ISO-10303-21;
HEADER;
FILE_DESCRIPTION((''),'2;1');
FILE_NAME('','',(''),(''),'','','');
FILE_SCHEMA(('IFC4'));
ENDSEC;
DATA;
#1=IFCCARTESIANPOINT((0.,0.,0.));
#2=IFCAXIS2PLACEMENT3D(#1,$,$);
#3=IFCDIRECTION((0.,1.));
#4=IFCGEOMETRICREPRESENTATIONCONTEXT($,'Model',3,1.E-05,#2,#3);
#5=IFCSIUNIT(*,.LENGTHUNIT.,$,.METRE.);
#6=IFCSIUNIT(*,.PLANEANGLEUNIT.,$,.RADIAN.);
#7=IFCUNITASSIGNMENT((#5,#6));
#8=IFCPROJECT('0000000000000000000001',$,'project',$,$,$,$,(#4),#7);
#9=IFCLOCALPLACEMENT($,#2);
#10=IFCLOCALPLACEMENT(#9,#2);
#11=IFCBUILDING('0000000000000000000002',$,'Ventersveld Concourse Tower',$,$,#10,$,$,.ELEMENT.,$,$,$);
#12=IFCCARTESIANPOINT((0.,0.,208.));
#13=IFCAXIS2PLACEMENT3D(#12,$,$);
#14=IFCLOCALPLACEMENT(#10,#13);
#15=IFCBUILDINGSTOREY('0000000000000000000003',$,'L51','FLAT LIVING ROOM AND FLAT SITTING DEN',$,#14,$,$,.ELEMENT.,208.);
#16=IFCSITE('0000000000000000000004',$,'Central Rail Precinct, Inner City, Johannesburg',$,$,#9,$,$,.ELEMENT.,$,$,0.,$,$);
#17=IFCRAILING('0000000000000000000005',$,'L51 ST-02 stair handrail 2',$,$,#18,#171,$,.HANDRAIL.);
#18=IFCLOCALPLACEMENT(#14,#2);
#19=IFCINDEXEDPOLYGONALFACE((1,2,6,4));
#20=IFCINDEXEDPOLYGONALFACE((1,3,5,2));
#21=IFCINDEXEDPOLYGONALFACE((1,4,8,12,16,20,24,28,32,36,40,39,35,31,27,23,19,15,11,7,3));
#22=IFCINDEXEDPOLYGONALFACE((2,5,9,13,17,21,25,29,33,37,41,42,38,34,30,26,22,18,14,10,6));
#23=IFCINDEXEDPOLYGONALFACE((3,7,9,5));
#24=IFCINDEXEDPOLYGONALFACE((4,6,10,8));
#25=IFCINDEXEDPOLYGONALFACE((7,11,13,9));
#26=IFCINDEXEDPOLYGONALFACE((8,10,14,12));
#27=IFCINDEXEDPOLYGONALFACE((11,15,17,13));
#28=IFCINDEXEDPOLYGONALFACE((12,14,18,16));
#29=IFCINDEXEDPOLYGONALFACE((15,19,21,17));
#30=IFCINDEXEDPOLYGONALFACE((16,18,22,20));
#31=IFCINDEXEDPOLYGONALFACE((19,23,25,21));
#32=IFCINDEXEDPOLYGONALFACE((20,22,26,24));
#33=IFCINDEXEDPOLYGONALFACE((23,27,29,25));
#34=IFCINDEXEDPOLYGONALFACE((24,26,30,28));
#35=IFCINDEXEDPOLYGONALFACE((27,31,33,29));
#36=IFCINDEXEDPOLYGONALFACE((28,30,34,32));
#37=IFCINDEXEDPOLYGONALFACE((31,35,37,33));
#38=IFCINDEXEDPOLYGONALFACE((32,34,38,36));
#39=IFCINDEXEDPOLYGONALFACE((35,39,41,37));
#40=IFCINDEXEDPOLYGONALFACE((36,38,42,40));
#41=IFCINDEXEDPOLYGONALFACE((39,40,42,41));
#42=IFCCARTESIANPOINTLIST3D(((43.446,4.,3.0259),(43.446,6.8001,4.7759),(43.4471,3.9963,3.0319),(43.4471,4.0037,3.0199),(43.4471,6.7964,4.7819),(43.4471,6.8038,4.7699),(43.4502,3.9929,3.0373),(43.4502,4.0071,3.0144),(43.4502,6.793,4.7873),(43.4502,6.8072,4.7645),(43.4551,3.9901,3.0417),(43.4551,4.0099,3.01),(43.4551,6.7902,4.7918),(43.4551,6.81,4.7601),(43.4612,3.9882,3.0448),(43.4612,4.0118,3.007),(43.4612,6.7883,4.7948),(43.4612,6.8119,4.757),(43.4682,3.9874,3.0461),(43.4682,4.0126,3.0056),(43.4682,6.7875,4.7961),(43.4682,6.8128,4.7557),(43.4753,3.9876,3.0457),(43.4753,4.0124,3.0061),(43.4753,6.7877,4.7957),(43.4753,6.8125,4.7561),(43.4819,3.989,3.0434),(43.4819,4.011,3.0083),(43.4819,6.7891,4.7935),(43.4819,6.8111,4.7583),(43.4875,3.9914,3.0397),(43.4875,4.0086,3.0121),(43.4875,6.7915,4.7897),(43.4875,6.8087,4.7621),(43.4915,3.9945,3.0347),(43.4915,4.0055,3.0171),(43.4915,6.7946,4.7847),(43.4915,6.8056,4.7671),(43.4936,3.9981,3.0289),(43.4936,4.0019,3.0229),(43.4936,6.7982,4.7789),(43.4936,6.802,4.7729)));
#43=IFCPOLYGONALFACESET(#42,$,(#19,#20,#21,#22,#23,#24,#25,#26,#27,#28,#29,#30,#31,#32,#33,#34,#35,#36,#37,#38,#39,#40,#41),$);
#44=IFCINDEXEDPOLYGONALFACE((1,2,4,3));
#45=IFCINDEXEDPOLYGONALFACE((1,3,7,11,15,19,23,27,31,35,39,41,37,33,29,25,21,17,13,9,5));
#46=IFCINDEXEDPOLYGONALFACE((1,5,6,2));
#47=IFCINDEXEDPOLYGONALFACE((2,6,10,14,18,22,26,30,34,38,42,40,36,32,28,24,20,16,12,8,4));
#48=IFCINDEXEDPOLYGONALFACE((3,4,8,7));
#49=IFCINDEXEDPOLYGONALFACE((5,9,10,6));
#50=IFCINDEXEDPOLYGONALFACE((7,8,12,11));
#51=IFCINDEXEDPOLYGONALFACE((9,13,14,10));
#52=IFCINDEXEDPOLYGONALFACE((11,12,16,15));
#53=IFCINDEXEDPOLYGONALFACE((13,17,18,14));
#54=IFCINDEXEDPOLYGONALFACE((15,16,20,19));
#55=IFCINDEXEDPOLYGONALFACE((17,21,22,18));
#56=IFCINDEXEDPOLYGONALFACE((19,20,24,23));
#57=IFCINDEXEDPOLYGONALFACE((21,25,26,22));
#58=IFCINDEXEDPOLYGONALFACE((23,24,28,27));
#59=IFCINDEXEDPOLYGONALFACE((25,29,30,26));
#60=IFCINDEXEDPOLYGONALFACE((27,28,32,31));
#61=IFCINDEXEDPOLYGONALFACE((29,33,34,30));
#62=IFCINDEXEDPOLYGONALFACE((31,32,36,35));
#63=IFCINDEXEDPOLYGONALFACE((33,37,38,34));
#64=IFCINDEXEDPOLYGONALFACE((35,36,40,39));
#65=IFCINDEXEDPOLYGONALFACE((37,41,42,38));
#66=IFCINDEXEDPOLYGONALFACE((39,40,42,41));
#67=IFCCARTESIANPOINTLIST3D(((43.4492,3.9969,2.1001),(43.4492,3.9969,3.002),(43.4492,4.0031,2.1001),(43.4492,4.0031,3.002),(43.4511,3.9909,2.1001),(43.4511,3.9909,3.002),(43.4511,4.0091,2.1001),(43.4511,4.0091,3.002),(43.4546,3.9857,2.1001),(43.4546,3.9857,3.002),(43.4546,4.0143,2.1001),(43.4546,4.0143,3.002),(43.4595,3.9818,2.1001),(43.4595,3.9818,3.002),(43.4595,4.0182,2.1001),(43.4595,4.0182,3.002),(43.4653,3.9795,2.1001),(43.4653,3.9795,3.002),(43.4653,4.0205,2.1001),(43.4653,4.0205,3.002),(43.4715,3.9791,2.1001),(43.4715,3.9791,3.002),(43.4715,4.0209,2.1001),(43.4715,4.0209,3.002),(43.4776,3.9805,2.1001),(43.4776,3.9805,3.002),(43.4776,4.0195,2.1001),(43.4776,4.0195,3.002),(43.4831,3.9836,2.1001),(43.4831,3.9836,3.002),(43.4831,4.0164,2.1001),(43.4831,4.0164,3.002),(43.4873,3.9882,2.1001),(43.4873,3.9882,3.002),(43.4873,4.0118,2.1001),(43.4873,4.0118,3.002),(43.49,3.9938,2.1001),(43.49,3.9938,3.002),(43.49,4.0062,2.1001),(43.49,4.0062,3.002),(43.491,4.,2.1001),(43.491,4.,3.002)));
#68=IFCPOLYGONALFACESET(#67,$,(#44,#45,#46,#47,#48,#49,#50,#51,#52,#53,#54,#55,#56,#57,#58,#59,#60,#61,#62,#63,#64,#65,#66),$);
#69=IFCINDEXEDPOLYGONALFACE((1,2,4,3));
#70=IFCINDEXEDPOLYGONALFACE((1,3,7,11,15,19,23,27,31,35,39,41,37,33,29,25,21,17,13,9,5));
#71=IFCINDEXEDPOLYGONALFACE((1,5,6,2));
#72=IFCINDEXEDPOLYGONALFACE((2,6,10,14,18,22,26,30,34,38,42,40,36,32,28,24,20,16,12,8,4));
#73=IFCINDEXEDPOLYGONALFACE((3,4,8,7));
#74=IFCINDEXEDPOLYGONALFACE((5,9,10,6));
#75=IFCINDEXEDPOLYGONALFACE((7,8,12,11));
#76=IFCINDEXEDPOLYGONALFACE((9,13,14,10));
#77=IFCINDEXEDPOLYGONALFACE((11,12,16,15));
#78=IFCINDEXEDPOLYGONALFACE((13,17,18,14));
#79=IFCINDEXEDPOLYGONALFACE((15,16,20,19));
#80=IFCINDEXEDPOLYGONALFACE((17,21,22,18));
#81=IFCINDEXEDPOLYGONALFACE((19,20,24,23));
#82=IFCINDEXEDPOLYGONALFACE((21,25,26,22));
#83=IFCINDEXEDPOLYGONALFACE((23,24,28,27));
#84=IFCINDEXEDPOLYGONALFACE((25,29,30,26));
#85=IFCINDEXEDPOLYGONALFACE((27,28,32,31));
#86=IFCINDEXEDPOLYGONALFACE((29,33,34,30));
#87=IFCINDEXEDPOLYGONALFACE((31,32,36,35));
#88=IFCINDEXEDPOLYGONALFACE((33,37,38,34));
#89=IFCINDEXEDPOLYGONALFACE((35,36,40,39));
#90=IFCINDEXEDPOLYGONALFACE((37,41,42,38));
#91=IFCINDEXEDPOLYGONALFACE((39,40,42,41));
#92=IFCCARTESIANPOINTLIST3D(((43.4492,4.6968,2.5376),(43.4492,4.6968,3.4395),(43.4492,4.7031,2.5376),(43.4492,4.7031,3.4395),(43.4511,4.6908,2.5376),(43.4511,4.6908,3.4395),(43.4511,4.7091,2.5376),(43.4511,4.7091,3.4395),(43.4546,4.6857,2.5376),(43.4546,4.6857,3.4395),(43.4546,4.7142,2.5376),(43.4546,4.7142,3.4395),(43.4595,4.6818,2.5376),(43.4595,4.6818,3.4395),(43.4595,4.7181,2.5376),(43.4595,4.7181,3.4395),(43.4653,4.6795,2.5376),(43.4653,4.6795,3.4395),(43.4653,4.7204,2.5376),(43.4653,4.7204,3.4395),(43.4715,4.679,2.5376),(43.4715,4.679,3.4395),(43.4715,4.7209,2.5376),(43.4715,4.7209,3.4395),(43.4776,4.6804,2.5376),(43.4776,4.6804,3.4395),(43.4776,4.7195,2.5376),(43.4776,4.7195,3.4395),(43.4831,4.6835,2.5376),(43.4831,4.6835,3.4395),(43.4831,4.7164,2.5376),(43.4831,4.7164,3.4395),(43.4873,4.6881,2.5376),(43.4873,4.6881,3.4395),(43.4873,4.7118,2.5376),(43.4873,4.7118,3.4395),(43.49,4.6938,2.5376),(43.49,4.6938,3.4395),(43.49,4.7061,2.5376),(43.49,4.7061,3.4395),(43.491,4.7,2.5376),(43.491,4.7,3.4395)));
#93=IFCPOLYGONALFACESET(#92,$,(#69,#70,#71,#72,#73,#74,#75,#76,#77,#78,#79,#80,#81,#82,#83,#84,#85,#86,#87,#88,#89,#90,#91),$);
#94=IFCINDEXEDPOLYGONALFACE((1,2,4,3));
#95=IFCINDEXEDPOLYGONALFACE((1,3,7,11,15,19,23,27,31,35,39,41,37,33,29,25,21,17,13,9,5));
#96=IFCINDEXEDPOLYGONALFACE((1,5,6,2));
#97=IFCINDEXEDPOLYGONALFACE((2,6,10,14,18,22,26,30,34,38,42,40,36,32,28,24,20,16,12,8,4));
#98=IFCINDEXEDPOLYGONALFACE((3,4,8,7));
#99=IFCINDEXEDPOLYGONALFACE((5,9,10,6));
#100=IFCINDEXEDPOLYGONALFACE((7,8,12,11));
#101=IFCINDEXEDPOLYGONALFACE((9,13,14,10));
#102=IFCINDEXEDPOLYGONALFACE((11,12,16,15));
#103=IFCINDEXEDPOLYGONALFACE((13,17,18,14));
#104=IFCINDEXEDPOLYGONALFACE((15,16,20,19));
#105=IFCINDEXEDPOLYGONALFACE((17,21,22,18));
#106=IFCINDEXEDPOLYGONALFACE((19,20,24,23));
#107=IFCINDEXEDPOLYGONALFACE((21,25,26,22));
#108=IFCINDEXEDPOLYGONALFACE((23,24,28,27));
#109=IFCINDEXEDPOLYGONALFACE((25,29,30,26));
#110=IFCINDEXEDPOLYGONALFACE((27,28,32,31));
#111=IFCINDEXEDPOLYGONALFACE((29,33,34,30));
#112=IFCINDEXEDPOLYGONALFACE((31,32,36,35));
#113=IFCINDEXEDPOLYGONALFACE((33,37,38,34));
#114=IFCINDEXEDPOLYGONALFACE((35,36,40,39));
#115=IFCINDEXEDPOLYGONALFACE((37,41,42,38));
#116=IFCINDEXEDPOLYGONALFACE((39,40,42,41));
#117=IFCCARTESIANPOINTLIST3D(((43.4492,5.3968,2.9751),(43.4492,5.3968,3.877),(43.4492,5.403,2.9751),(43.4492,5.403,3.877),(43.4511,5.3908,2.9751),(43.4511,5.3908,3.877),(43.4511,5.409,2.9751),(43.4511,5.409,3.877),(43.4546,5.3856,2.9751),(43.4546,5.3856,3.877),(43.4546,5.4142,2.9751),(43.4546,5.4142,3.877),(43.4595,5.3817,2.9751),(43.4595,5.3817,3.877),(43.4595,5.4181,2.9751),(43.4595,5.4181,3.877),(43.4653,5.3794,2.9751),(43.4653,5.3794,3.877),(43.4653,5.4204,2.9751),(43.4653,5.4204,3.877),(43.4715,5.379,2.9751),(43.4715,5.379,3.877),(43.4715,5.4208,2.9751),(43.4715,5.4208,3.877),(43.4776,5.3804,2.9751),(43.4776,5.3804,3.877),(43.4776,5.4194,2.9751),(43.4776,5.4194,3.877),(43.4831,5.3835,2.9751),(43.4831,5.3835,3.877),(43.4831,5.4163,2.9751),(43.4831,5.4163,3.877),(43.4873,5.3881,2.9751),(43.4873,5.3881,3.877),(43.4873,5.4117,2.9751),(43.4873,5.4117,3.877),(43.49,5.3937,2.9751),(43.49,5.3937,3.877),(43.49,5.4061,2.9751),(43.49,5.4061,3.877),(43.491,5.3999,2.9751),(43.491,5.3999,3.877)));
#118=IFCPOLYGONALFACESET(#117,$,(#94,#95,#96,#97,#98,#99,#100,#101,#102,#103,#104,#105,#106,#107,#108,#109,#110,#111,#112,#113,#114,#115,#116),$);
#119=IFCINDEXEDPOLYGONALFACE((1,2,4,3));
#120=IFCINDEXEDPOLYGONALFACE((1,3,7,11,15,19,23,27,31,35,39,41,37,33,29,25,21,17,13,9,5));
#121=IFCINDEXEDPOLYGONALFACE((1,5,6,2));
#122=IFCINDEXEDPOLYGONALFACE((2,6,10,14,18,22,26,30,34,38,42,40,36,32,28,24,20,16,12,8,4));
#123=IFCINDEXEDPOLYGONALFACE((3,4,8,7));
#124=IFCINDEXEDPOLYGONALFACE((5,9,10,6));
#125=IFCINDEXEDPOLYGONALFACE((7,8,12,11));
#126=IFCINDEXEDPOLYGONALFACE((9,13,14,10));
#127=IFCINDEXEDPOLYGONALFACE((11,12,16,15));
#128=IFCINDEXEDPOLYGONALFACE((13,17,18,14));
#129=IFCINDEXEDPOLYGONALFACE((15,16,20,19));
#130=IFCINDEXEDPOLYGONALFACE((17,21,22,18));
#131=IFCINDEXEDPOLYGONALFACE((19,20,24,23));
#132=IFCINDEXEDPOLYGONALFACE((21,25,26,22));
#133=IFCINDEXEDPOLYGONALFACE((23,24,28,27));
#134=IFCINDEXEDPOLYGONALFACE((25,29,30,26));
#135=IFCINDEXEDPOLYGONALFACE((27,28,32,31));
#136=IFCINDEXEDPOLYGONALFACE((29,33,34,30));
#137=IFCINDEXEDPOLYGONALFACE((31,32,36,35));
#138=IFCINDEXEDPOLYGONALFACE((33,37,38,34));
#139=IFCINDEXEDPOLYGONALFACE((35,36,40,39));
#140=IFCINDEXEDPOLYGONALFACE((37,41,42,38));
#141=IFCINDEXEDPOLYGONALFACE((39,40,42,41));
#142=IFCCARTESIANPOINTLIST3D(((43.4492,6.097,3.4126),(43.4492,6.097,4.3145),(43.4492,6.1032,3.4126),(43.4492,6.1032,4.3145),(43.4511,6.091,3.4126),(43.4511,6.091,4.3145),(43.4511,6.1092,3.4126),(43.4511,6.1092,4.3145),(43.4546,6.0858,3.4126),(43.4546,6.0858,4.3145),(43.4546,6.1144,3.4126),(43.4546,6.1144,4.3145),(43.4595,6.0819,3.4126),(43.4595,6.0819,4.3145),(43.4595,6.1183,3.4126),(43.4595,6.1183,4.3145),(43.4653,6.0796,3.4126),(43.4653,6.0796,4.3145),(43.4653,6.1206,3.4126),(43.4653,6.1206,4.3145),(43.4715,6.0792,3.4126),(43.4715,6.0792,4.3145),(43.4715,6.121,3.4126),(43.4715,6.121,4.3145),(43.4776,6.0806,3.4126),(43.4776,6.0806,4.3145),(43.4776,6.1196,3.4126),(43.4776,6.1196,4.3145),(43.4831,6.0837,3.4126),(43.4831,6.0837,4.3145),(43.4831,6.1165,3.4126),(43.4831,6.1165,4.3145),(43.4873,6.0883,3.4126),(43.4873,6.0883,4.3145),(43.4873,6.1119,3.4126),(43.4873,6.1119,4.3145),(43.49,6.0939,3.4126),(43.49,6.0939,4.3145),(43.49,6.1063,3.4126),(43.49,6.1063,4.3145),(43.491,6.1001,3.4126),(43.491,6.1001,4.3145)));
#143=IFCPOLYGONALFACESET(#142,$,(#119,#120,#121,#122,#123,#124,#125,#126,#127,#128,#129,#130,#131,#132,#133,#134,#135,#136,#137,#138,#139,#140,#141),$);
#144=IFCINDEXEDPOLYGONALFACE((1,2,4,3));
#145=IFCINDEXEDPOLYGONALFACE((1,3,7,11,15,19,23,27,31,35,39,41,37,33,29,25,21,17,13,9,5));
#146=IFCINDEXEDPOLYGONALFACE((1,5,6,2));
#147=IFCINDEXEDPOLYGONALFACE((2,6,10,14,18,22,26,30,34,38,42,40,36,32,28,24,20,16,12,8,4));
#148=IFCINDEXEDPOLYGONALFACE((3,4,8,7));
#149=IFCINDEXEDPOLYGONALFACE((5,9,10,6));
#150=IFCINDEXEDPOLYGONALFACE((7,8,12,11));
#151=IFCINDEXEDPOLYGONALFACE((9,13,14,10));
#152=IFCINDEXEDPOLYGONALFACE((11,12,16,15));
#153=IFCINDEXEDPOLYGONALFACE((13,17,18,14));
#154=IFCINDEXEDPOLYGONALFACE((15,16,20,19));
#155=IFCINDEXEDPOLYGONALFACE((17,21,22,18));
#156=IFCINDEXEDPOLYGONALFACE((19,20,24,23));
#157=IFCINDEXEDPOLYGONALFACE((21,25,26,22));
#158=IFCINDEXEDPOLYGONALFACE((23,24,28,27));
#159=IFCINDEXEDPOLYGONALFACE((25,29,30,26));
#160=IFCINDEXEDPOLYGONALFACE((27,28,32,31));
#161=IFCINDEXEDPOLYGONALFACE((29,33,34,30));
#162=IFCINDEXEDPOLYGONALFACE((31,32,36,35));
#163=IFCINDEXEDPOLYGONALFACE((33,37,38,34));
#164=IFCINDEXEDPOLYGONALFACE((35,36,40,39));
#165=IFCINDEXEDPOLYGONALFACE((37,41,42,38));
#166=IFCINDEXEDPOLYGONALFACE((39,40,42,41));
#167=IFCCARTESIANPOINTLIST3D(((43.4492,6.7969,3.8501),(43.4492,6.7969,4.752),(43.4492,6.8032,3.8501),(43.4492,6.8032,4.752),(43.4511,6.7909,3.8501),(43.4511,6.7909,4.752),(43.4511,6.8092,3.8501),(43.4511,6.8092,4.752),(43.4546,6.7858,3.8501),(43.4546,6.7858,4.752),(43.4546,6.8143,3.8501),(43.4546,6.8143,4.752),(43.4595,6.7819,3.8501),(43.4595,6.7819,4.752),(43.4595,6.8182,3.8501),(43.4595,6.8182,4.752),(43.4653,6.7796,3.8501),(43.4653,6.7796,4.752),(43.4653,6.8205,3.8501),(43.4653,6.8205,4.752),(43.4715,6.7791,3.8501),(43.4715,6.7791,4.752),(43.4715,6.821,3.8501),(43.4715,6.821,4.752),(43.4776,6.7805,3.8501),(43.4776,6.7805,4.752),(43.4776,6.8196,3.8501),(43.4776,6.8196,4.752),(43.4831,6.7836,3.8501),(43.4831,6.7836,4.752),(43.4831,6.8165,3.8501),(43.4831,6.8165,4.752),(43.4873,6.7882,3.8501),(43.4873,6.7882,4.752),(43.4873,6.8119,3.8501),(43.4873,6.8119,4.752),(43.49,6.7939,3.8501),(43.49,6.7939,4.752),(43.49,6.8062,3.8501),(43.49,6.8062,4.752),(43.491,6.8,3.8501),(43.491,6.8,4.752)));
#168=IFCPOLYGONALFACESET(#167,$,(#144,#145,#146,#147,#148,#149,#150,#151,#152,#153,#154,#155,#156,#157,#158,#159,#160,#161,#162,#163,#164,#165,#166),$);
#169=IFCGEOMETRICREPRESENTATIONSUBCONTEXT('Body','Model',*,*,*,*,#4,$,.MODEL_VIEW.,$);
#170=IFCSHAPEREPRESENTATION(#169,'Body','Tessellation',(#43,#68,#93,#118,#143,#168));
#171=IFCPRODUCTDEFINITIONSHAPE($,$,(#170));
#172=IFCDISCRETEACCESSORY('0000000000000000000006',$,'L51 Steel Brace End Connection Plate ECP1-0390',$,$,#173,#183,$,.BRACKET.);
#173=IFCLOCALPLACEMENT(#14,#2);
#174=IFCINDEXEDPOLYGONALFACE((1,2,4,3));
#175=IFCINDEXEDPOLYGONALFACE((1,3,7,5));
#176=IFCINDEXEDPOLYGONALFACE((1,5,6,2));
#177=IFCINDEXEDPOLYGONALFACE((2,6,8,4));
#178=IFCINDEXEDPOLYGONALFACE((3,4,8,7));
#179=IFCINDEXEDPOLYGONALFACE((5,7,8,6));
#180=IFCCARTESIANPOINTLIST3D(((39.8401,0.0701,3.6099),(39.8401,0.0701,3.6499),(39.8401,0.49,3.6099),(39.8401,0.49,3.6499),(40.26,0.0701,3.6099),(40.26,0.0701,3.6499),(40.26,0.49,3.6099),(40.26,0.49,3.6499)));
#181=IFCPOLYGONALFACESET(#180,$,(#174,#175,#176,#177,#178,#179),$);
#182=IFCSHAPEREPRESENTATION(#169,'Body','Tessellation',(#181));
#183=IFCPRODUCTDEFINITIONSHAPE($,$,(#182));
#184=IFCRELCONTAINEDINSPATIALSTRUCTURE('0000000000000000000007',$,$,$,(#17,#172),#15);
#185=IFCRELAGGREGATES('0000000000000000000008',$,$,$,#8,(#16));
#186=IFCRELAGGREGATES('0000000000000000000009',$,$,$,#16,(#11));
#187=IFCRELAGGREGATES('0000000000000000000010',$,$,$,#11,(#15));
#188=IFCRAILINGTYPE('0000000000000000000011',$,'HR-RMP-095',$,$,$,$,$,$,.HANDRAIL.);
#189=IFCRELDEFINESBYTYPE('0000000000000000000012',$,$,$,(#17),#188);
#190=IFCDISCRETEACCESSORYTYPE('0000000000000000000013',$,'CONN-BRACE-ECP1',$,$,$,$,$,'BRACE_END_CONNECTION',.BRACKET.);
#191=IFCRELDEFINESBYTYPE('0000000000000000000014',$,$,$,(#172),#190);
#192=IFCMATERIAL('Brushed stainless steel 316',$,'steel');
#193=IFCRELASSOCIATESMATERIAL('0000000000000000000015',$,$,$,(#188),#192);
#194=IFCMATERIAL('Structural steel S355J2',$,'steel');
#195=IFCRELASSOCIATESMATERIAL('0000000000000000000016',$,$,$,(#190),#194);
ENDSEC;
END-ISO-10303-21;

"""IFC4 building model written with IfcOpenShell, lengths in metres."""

from ifc_helpers import new_model, si_unit, direction, frame, origin, origin_2d, place, context, subcontext, project, spatial, rectangle, circle, extrude, material, type_object, element, save


model = new_model("IFC4")

# Units and contexts
model_context = context("Model", 3, precision=1e-05, world=origin(), true_north=direction((0.0, 1.0)))
body_context = subcontext(model_context, "Body", "Model", "MODEL_VIEW")
ifc_project = project(units=[si_unit("LENGTHUNIT", "METRE"), si_unit("PLANEANGLEUNIT", "RADIAN")], contexts=[model_context])

# Site, building, storey
site_placement = place(None, origin())
site = spatial("IfcSite", under=ifc_project, at=site_placement, Name="Central Rail Precinct, Inner City, Johannesburg", CompositionType="ELEMENT", RefElevation=0.0)
building_placement = place(site_placement, origin())
building = spatial("IfcBuilding", under=site, at=building_placement, Name="Ventersveld Concourse Tower", CompositionType="ELEMENT")
storey_placement = place(building_placement, frame((0.0, 0.0, 208.0)))
storey = spatial("IfcBuildingStorey", under=building, at=storey_placement, Name="L51", Description="FLAT LIVING ROOM AND FLAT SITTING DEN", CompositionType="ELEMENT", Elevation=208.0)

# Railing
ifc_material_1 = material(Name="Brushed stainless steel 316", Category="steel")
railing_type_1 = type_object("IfcRailingType", Name="HR-RMP-095", PredefinedType="HANDRAIL", material=ifc_material_1)
railing_1_placement = place(storey_placement, frame((43.47, 4.0, 2.1001)))
element("IfcRailing", 1, at=railing_1_placement, inside=storey, type_object=railing_type_1, Name="L51 ST-02 stair handrail 2", PredefinedType="HANDRAIL", context=body_context, shape_type="SweptSolid", body=[
    extrude(circle(Radius=0.0239, at=origin_2d()), frame((0.0, 0.0, 0.9258), z_axis=(0.0, 0.848002, 0.529992), x_axis=(-1.0, 0.0, 0.0)), (0.0, 0.0, 1.0), 3.302),
    extrude(circle(Radius=0.021, at=origin_2d()), origin(), (0.0, 0.0, 1.0), 0.9019),
    extrude(circle(Radius=0.021, at=origin_2d()), frame((0.0, 0.7, 0.4375)), (0.0, 0.0, 1.0), 0.9019),
    extrude(circle(Radius=0.021, at=origin_2d()), frame((0.0, 1.3999, 0.875)), (0.0, 0.0, 1.0), 0.9019),
    extrude(circle(Radius=0.021, at=origin_2d()), frame((0.0, 2.1001, 1.3125)), (0.0, 0.0, 1.0), 0.9019),
    extrude(circle(Radius=0.021, at=origin_2d()), frame((0.0, 2.8, 1.75)), (0.0, 0.0, 1.0), 0.9019),
])

# Discrete accessory
ifc_material_2 = material(Name="Structural steel S355J2", Category="steel")
discrete_accessory_type = type_object("IfcDiscreteAccessoryType", Name="CONN-BRACE-ECP1", ElementType="BRACE_END_CONNECTION", PredefinedType="BRACKET", material=ifc_material_2)
discrete_accessory_placement = place(storey_placement, frame((40.05, 0.28, 3.6099), z_axis=(0.0, 0.0, 1.0), x_axis=(1.0, 0.0, 0.0)))
element("IfcDiscreteAccessory", 2, at=discrete_accessory_placement, inside=storey, type_object=discrete_accessory_type, Name="L51 Steel Brace End Connection Plate ECP1-0390", PredefinedType="BRACKET", context=body_context, shape_type="SweptSolid", body=[
    extrude(rectangle(XDim=0.4199, YDim=0.4199, at=origin_2d()), origin(), (0.0, 0.0, 1.0), 0.04),
])

save(model, "model.ifc")
